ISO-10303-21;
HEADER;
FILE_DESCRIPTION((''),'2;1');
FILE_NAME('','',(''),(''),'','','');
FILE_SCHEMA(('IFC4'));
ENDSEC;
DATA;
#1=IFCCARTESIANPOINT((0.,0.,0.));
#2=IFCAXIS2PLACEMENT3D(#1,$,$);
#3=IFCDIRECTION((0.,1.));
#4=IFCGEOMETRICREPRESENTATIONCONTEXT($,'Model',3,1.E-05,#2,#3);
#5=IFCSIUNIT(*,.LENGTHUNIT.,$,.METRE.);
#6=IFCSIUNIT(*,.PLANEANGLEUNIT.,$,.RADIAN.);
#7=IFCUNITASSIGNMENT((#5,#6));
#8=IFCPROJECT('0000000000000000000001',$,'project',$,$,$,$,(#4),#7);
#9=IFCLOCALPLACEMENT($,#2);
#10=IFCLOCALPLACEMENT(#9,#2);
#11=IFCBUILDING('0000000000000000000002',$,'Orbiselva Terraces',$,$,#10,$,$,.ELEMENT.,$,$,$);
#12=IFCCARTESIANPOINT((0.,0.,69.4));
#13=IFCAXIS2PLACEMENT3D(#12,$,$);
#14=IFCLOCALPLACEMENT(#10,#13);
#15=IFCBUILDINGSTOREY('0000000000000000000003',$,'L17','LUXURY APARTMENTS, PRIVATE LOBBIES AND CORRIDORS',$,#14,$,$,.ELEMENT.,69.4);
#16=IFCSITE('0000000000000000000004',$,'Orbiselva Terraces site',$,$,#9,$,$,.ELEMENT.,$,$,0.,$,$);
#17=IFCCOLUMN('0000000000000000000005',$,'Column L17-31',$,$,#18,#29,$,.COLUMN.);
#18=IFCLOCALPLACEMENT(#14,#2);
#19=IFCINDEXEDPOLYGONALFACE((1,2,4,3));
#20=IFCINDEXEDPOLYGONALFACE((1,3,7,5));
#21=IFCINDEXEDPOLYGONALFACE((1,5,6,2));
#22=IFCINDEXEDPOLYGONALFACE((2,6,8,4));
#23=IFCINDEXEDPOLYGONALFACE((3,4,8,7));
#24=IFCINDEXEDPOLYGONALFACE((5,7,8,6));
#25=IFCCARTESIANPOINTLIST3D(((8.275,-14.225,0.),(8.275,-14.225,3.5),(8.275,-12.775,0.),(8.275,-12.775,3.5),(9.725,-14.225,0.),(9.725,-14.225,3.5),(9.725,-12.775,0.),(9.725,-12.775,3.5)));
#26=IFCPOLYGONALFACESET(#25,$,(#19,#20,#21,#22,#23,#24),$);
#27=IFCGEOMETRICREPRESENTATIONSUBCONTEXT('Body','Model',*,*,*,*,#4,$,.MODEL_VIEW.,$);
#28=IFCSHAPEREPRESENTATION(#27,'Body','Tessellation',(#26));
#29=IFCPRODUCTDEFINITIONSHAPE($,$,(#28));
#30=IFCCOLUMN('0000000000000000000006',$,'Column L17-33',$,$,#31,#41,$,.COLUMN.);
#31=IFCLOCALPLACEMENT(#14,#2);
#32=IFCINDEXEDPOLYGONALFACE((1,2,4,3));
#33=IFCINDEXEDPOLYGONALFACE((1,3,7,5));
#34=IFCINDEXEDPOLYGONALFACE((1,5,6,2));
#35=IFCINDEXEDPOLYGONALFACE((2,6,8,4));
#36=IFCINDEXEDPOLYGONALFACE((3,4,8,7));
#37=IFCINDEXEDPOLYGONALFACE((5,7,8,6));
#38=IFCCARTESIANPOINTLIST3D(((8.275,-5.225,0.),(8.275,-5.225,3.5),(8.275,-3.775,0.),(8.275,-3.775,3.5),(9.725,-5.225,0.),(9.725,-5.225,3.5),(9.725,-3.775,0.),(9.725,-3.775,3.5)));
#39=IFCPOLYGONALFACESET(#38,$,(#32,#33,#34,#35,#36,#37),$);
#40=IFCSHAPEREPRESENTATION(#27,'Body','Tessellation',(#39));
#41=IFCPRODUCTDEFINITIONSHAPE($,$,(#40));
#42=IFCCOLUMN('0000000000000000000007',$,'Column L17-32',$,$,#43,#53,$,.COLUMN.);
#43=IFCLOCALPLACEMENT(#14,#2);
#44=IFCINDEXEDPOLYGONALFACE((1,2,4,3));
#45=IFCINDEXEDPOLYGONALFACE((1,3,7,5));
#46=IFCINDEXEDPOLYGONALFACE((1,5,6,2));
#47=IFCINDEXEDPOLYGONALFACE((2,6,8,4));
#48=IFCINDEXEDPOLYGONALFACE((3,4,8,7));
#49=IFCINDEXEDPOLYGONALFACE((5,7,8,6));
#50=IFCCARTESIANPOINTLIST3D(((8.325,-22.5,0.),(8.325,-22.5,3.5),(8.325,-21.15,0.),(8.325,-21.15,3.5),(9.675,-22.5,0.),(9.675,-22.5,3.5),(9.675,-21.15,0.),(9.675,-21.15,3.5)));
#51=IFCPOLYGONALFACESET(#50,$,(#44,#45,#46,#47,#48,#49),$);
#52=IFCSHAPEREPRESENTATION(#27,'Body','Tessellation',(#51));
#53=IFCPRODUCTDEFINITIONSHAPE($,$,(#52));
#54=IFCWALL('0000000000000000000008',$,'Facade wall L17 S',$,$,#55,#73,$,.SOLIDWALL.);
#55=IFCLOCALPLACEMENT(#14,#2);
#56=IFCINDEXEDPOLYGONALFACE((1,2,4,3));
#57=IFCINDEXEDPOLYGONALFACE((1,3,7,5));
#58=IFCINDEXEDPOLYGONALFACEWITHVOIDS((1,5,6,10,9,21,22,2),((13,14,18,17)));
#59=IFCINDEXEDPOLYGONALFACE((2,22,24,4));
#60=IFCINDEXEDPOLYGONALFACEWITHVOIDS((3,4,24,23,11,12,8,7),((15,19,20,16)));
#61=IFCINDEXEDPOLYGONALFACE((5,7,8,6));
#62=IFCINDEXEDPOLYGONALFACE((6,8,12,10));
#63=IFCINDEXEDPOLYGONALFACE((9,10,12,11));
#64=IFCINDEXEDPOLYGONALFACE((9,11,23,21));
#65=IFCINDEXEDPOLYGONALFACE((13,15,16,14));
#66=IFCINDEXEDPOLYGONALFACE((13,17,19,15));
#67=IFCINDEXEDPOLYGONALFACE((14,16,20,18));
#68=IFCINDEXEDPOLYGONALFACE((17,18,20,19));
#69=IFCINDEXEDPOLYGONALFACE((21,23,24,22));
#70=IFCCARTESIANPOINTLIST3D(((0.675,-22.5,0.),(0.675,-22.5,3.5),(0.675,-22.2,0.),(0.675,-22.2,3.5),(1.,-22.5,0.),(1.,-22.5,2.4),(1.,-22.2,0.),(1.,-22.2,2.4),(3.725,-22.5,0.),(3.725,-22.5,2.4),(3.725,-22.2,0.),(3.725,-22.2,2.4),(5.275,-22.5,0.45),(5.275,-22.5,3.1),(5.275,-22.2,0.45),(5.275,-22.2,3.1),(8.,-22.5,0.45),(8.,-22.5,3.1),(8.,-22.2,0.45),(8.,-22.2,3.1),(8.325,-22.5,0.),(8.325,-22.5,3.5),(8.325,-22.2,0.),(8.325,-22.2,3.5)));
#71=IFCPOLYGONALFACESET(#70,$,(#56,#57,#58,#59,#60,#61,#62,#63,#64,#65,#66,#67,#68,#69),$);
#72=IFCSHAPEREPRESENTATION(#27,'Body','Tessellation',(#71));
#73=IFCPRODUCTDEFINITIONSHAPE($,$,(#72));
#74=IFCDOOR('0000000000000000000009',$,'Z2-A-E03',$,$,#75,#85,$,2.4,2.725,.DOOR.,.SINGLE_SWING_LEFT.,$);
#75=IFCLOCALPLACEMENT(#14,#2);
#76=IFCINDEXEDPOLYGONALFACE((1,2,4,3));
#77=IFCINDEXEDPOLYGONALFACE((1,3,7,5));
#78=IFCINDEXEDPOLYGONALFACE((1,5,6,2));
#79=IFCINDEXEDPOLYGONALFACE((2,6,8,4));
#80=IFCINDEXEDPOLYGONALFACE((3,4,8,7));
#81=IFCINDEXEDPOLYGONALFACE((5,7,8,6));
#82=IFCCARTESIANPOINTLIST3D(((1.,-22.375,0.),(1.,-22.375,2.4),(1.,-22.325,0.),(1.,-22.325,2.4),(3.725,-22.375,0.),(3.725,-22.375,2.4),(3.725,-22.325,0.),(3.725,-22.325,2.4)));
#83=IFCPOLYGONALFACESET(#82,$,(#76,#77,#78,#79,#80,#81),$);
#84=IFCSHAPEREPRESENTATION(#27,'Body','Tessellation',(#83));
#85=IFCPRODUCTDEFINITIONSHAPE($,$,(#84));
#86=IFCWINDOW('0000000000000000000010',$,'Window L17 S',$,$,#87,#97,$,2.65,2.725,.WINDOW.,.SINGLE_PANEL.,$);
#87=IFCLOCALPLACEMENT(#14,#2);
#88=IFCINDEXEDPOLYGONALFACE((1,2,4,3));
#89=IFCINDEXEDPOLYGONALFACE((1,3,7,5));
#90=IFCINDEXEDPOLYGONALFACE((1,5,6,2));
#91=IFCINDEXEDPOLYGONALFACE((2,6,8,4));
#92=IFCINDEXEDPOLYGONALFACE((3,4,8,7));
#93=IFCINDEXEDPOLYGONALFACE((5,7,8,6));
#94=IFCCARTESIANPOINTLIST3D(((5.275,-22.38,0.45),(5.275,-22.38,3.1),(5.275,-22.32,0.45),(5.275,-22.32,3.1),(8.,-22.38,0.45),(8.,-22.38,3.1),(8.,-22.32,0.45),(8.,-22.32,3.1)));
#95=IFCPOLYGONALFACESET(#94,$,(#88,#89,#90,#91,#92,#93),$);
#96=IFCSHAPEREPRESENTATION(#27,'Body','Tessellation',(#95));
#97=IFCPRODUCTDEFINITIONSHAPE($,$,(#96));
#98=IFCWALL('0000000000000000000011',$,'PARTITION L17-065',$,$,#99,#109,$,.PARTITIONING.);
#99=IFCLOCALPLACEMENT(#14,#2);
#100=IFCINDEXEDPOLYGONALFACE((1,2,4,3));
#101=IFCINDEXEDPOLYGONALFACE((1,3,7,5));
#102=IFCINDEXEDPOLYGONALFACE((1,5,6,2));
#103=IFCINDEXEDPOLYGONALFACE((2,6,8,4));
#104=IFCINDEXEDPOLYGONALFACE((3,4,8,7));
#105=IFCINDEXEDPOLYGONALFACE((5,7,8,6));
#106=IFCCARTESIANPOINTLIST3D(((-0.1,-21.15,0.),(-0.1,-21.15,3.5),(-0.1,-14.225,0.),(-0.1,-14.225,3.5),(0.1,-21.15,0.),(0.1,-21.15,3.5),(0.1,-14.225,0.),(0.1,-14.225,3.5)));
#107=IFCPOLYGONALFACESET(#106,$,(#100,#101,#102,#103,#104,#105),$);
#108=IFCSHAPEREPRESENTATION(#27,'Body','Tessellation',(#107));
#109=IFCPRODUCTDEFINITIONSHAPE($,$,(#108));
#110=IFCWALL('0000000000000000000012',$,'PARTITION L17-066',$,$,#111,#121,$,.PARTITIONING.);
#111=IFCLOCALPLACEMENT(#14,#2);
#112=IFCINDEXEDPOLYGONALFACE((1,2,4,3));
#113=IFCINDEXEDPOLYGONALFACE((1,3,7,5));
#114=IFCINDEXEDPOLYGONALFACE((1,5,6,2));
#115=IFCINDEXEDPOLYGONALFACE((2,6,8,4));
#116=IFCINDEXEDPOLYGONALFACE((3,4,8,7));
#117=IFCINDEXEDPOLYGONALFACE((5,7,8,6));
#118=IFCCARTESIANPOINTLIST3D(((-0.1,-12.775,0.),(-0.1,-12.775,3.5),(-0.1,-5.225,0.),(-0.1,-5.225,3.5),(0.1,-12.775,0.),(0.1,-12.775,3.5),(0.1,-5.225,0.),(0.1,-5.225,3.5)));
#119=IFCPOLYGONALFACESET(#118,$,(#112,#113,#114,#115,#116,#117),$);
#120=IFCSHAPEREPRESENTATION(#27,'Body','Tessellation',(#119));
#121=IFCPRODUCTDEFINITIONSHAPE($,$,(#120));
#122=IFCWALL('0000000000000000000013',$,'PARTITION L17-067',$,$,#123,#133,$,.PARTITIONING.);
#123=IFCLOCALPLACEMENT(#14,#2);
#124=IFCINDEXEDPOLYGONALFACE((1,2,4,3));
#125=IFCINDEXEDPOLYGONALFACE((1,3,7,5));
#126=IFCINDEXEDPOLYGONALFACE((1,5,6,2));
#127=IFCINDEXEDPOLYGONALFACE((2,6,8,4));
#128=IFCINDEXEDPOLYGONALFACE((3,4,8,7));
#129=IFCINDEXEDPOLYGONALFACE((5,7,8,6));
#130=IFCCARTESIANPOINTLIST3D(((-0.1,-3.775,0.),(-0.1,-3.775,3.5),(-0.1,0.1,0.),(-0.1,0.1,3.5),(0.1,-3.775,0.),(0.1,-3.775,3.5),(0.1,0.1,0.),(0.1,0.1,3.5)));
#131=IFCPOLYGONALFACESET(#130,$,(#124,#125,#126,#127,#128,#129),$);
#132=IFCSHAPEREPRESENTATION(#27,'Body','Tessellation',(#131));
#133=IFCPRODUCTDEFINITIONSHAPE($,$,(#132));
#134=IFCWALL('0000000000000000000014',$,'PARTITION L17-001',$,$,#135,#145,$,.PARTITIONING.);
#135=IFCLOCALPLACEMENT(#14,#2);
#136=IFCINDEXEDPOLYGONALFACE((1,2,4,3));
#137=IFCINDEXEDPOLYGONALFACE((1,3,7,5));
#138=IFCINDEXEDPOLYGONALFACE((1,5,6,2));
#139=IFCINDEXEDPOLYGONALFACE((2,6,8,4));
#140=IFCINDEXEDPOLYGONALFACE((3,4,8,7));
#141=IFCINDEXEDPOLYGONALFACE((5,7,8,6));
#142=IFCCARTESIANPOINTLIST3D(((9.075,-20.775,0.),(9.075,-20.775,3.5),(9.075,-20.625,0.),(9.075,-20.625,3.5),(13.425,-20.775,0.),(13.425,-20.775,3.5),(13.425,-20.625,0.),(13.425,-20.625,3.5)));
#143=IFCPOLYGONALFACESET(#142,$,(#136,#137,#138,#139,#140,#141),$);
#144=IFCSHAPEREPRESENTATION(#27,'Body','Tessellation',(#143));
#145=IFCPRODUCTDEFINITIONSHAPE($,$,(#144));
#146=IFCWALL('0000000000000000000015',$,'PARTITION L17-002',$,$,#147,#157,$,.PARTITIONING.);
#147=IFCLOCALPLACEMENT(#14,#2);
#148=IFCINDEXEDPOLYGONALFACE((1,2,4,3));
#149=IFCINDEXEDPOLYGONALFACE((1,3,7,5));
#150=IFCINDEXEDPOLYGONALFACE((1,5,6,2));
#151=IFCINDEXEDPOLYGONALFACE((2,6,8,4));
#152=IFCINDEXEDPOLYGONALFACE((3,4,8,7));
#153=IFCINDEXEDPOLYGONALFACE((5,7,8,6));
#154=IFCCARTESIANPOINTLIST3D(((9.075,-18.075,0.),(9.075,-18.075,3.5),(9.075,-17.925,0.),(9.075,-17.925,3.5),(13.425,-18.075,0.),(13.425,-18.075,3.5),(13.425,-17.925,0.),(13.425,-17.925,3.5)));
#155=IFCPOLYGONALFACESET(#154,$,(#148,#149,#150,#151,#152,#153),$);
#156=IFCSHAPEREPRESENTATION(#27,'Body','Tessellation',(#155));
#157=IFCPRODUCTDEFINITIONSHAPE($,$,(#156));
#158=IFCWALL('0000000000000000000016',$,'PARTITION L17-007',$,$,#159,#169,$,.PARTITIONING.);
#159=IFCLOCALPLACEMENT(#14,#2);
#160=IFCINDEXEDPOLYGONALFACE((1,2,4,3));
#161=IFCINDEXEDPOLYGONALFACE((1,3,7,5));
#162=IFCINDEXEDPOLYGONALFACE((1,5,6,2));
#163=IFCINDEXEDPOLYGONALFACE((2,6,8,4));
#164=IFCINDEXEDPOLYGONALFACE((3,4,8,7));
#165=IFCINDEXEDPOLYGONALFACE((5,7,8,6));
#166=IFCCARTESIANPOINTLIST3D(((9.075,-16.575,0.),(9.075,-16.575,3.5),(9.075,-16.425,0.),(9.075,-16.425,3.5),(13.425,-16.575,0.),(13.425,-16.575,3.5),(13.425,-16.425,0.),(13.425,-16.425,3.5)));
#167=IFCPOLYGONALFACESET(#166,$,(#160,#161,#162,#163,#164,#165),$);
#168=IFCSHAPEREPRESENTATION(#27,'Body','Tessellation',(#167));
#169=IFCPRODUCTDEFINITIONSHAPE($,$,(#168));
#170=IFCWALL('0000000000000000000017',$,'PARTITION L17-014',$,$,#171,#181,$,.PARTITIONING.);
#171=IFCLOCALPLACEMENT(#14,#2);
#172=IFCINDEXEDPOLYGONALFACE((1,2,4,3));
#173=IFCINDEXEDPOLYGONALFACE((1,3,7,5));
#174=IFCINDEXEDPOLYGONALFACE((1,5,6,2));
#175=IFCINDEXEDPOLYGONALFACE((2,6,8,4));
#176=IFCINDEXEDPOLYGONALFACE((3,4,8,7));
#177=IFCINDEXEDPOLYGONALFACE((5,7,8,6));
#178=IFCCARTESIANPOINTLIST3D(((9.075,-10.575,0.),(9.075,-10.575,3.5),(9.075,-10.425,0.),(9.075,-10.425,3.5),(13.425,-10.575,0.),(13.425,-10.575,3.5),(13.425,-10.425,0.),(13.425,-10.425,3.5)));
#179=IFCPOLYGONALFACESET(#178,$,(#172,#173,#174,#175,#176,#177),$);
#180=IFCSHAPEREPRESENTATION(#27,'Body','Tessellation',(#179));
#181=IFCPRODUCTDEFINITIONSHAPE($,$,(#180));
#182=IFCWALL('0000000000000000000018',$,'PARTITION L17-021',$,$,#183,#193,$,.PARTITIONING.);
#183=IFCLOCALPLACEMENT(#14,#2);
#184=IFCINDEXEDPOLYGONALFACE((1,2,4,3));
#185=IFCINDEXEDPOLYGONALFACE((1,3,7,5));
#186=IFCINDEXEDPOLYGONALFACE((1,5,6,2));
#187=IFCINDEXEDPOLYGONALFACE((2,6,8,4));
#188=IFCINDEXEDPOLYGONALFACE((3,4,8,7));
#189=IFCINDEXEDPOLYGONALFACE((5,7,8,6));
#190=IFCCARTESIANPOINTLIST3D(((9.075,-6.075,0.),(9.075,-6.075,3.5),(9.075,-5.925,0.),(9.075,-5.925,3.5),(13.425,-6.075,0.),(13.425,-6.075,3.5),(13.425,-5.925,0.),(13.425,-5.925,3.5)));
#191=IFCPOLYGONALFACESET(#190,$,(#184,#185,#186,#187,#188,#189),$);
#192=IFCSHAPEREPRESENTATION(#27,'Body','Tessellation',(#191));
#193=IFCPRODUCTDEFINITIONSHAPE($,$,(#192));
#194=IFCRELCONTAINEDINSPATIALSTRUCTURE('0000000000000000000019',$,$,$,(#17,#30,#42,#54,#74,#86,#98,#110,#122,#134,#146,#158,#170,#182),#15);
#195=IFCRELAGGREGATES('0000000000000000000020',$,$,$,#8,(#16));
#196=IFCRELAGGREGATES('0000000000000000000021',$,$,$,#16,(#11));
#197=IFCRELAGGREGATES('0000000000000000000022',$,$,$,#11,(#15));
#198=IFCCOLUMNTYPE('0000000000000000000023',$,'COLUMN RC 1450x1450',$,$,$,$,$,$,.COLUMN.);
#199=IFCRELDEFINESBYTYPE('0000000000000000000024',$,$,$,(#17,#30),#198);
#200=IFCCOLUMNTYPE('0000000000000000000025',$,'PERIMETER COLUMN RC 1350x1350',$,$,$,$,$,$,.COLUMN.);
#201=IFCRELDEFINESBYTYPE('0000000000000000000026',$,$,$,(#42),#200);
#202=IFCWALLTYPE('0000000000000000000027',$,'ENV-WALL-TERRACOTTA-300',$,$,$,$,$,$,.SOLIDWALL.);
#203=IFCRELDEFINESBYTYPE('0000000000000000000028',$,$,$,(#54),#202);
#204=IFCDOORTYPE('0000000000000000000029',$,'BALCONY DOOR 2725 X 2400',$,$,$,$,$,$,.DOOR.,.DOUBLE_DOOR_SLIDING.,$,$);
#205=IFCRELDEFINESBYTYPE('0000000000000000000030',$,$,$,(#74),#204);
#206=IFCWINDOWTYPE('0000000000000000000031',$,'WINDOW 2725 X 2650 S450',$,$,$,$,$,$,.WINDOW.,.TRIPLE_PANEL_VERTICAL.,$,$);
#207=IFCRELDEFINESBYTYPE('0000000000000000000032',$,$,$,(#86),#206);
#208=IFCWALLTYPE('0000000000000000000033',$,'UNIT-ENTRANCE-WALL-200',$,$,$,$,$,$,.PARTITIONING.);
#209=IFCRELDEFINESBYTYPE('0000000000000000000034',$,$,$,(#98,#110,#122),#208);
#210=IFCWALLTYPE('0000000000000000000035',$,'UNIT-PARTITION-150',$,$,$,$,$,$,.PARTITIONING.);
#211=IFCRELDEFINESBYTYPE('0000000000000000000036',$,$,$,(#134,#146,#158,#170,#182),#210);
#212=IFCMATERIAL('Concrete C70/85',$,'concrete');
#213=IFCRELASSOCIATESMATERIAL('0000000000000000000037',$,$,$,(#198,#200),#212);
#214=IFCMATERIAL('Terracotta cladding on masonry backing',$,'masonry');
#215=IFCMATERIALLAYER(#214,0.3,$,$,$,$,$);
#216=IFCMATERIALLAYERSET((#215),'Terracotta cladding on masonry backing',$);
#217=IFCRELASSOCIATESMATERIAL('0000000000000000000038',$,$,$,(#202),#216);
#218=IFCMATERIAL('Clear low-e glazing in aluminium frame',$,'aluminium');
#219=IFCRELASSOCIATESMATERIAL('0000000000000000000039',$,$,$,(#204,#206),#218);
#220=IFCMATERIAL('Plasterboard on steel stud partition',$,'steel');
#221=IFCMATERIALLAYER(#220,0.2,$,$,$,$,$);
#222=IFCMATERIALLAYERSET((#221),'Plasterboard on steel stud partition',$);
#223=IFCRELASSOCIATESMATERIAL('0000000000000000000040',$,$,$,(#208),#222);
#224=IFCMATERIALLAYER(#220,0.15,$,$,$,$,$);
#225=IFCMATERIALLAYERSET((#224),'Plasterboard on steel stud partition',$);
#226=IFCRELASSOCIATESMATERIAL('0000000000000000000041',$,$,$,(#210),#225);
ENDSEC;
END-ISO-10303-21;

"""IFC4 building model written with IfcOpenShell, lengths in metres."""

from ifc_helpers import new_model, si_unit, direction, frame, frame_2d, origin, origin_2d, place, context, subcontext, project, spatial, rectangle, extrude, material, layer, layer_set, material_profile, profile_set, type_object, element, fill, save


model = new_model("IFC4")

# Units and contexts
model_context = context("Model", 3, precision=1e-05, world=origin(), true_north=direction((0.0, 1.0)))
body_context = subcontext(model_context, "Body", "Model", "MODEL_VIEW")
ifc_project = project(units=[si_unit("LENGTHUNIT", "METRE"), si_unit("PLANEANGLEUNIT", "RADIAN")], contexts=[model_context])

# Site, building, storey
site_placement = place(None, origin())
site = spatial("IfcSite", under=ifc_project, at=site_placement, Name="Orbiselva Terraces site", CompositionType="ELEMENT", RefElevation=0.0)
building_placement = place(site_placement, origin())
building = spatial("IfcBuilding", under=site, at=building_placement, Name="Orbiselva Terraces", CompositionType="ELEMENT")
storey_placement = place(building_placement, frame((0.0, 0.0, 69.4)))
storey = spatial("IfcBuildingStorey", under=building, at=storey_placement, Name="L17", Description="LUXURY APARTMENTS, PRIVATE LOBBIES AND CORRIDORS", CompositionType="ELEMENT", Elevation=69.4)

# Columns
ifc_material_1 = material(Name="Concrete C70/85", Category="concrete")
ifc_material_profile_1 = material_profile(ifc_material_1, rectangle(XDim=1.45, YDim=1.45, at=origin_2d()), Name="RC 1450x1450")
ifc_profile_set_1 = profile_set([ifc_material_profile_1], Name="Concrete C70/85")
column_type_1 = type_object("IfcColumnType", Name="COLUMN RC 1450x1450", PredefinedType="COLUMN", material=ifc_profile_set_1)
for number, where, z_axis, x_axis, name in (
    (1, (9.0, -13.5, 0.0), (0.0, 0.0, 1.0), (1.0, 0.0, 0.0), "Column L17-31"),
    (2, (9.0, -4.5, 0.0), (0.0, 0.0, 1.0), (1.0, 0.0, 0.0), "Column L17-33"),
):
    element("IfcColumn", number, at=place(storey_placement, frame(where, z_axis=z_axis, x_axis=x_axis)), inside=storey, type_object=column_type_1, Name=name, PredefinedType="COLUMN", context=body_context, shape_type="SweptSolid", body=[
        extrude(rectangle(XDim=1.45, YDim=1.45, at=origin_2d()), origin(), (0.0, 0.0, 1.0), 3.5),
    ])
ifc_material_profile_2 = material_profile(ifc_material_1, rectangle(XDim=1.35, YDim=1.35, at=origin_2d()), Name="RC 1350x1350")
ifc_profile_set_2 = profile_set([ifc_material_profile_2], Name="Concrete C70/85")
column_type_2 = type_object("IfcColumnType", Name="PERIMETER COLUMN RC 1350x1350", PredefinedType="COLUMN", material=ifc_profile_set_2)
column_placement = place(storey_placement, frame((9.0, -21.825, 0.0), z_axis=(0.0, 0.0, 1.0), x_axis=(1.0, 0.0, 0.0)))
element("IfcColumn", 3, at=column_placement, inside=storey, type_object=column_type_2, Name="Column L17-32", PredefinedType="COLUMN", context=body_context, shape_type="SweptSolid", body=[
    extrude(rectangle(XDim=1.35, YDim=1.35, at=origin_2d()), origin(), (0.0, 0.0, 1.0), 3.5),
])

# Wall, openings, door, window
ifc_material_2 = material(Name="Terracotta cladding on masonry backing", Category="masonry")
ifc_layer_1 = layer(ifc_material_2, 0.3)
ifc_layer_set_1 = layer_set([ifc_layer_1], Name="Terracotta cladding on masonry backing")
wall_type_1 = type_object("IfcWallType", Name="ENV-WALL-TERRACOTTA-300", PredefinedType="SOLIDWALL", material=ifc_layer_set_1)
wall_1_placement = place(storey_placement, frame((8.325, -22.35, 0.0), z_axis=(0.0, 0.0, 1.0), x_axis=(-1.0, 0.0, 0.0)))
wall_1 = element("IfcWall", 4, at=wall_1_placement, inside=storey, type_object=wall_type_1, Name="Facade wall L17 S", PredefinedType="SOLIDWALL", context=body_context, shape_type="SweptSolid", body=[
    extrude(rectangle(XDim=7.65, YDim=0.3, at=frame_2d((3.825, 0.0))), origin(), (0.0, 0.0, 1.0), 3.5),
])
opening_1_placement = place(wall_1_placement, frame((4.6, 0.0, 0.0)))
opening_1 = element("IfcOpeningElement", 5, at=opening_1_placement, cuts=wall_1, PredefinedType="OPENING", context=body_context, shape_type="SweptSolid", body=[
    extrude(rectangle(XDim=2.725, YDim=2.4, at=frame_2d((1.3625, 1.2))), frame((0.0, 0.16, 0.0), z_axis=(0.0, -1.0, 0.0), x_axis=(1.0, 0.0, 0.0)), (0.0, 0.0, 1.0), 0.32),
])
opening_2_placement = place(wall_1_placement, frame((0.325, 0.0, 0.45)))
opening_2 = element("IfcOpeningElement", 6, at=opening_2_placement, cuts=wall_1, PredefinedType="OPENING", context=body_context, shape_type="SweptSolid", body=[
    extrude(rectangle(XDim=2.725, YDim=2.65, at=frame_2d((1.3625, 1.325))), frame((0.0, 0.16, 0.0), z_axis=(0.0, -1.0, 0.0), x_axis=(1.0, 0.0, 0.0)), (0.0, 0.0, 1.0), 0.32),
])
ifc_material_3 = material(Name="Clear low-e glazing in aluminium frame", Category="aluminium")
door_type_1 = type_object("IfcDoorType", Name="BALCONY DOOR 2725 X 2400", OperationType="DOUBLE_DOOR_SLIDING", PredefinedType="DOOR", material=ifc_material_3)
door_1_placement = place(opening_1_placement, origin())
door_1 = element("IfcDoor", 7, at=door_1_placement, inside=storey, type_object=door_type_1, Name="Z2-A-E03", OperationType="SINGLE_SWING_LEFT", OverallHeight=2.4, OverallWidth=2.725, PredefinedType="DOOR", context=body_context, shape_type="SweptSolid", body=[
    extrude(rectangle(XDim=2.725, YDim=2.4, at=frame_2d((1.3625, 1.2))), frame((0.0, 0.025, 0.0), z_axis=(0.0, -1.0, 0.0), x_axis=(1.0, 0.0, 0.0)), (0.0, 0.0, 1.0), 0.05),
])
fill(opening_1, door_1)
window_type = type_object("IfcWindowType", Name="WINDOW 2725 X 2650 S450", PartitioningType="TRIPLE_PANEL_VERTICAL", PredefinedType="WINDOW", material=ifc_material_3)
window_placement = place(opening_2_placement, origin())
window = element("IfcWindow", 8, at=window_placement, inside=storey, type_object=window_type, Name="Window L17 S", OverallHeight=2.65, OverallWidth=2.725, PartitioningType="SINGLE_PANEL", PredefinedType="WINDOW", context=body_context, shape_type="SweptSolid", body=[
    extrude(rectangle(XDim=2.725, YDim=2.65, at=frame_2d((1.3625, 1.325))), frame((0.0, 0.03, 0.0), z_axis=(0.0, -1.0, 0.0), x_axis=(1.0, 0.0, 0.0)), (0.0, 0.0, 1.0), 0.06),
])
fill(opening_2, window)

# Walls
ifc_material_4 = material(Name="Plasterboard on steel stud partition", Category="steel")
ifc_layer_2 = layer(ifc_material_4, 0.2)
ifc_layer_set_2 = layer_set([ifc_layer_2], Name="Plasterboard on steel stud partition")
wall_type_2 = type_object("IfcWallType", Name="UNIT-ENTRANCE-WALL-200", PredefinedType="PARTITIONING", material=ifc_layer_set_2)
wall_2_placement = place(storey_placement, frame((0.0, -21.15, 0.0), z_axis=(0.0, 0.0, 1.0), x_axis=(0.0, 1.0, 0.0)))
element("IfcWall", 9, at=wall_2_placement, inside=storey, type_object=wall_type_2, Name="PARTITION L17-065", PredefinedType="PARTITIONING", context=body_context, shape_type="SweptSolid", body=[
    extrude(rectangle(XDim=6.925, YDim=0.2, at=frame_2d((3.4625, 0.0))), origin(), (0.0, 0.0, 1.0), 3.5),
])
wall_3_placement = place(storey_placement, frame((0.0, -12.775, 0.0), z_axis=(0.0, 0.0, 1.0), x_axis=(0.0, 1.0, 0.0)))
element("IfcWall", 10, at=wall_3_placement, inside=storey, type_object=wall_type_2, Name="PARTITION L17-066", PredefinedType="PARTITIONING", context=body_context, shape_type="SweptSolid", body=[
    extrude(rectangle(XDim=7.55, YDim=0.2, at=frame_2d((3.775, 0.0))), origin(), (0.0, 0.0, 1.0), 3.5),
])
wall_4_placement = place(storey_placement, frame((0.0, -3.775, 0.0), z_axis=(0.0, 0.0, 1.0), x_axis=(0.0, 1.0, 0.0)))
element("IfcWall", 11, at=wall_4_placement, inside=storey, type_object=wall_type_2, Name="PARTITION L17-067", PredefinedType="PARTITIONING", context=body_context, shape_type="SweptSolid", body=[
    extrude(rectangle(XDim=3.875, YDim=0.2, at=frame_2d((1.9375, 0.0))), origin(), (0.0, 0.0, 1.0), 3.5),
])
ifc_layer_3 = layer(ifc_material_4, 0.15)
ifc_layer_set_3 = layer_set([ifc_layer_3], Name="Plasterboard on steel stud partition")
wall_type_3 = type_object("IfcWallType", Name="UNIT-PARTITION-150", PredefinedType="PARTITIONING", material=ifc_layer_set_3)
for number, where, z_axis, x_axis, name in (
    (12, (9.075, -20.7, 0.0), (0.0, 0.0, 1.0), (1.0, 0.0, 0.0), "PARTITION L17-001"),
    (13, (9.075, -18.0, 0.0), (0.0, 0.0, 1.0), (1.0, 0.0, 0.0), "PARTITION L17-002"),
    (14, (9.075, -16.5, 0.0), (0.0, 0.0, 1.0), (1.0, 0.0, 0.0), "PARTITION L17-007"),
    (15, (9.075, -10.5, 0.0), (0.0, 0.0, 1.0), (1.0, 0.0, 0.0), "PARTITION L17-014"),
    (16, (9.075, -6.0, 0.0), (0.0, 0.0, 1.0), (1.0, 0.0, 0.0), "PARTITION L17-021"),
):
    element("IfcWall", number, at=place(storey_placement, frame(where, z_axis=z_axis, x_axis=x_axis)), inside=storey, type_object=wall_type_3, Name=name, PredefinedType="PARTITIONING", context=body_context, shape_type="SweptSolid", body=[
        extrude(rectangle(XDim=4.35, YDim=0.15, at=frame_2d((2.175, 0.0))), origin(), (0.0, 0.0, 1.0), 3.5),
    ])

save(model, "model.ifc")
